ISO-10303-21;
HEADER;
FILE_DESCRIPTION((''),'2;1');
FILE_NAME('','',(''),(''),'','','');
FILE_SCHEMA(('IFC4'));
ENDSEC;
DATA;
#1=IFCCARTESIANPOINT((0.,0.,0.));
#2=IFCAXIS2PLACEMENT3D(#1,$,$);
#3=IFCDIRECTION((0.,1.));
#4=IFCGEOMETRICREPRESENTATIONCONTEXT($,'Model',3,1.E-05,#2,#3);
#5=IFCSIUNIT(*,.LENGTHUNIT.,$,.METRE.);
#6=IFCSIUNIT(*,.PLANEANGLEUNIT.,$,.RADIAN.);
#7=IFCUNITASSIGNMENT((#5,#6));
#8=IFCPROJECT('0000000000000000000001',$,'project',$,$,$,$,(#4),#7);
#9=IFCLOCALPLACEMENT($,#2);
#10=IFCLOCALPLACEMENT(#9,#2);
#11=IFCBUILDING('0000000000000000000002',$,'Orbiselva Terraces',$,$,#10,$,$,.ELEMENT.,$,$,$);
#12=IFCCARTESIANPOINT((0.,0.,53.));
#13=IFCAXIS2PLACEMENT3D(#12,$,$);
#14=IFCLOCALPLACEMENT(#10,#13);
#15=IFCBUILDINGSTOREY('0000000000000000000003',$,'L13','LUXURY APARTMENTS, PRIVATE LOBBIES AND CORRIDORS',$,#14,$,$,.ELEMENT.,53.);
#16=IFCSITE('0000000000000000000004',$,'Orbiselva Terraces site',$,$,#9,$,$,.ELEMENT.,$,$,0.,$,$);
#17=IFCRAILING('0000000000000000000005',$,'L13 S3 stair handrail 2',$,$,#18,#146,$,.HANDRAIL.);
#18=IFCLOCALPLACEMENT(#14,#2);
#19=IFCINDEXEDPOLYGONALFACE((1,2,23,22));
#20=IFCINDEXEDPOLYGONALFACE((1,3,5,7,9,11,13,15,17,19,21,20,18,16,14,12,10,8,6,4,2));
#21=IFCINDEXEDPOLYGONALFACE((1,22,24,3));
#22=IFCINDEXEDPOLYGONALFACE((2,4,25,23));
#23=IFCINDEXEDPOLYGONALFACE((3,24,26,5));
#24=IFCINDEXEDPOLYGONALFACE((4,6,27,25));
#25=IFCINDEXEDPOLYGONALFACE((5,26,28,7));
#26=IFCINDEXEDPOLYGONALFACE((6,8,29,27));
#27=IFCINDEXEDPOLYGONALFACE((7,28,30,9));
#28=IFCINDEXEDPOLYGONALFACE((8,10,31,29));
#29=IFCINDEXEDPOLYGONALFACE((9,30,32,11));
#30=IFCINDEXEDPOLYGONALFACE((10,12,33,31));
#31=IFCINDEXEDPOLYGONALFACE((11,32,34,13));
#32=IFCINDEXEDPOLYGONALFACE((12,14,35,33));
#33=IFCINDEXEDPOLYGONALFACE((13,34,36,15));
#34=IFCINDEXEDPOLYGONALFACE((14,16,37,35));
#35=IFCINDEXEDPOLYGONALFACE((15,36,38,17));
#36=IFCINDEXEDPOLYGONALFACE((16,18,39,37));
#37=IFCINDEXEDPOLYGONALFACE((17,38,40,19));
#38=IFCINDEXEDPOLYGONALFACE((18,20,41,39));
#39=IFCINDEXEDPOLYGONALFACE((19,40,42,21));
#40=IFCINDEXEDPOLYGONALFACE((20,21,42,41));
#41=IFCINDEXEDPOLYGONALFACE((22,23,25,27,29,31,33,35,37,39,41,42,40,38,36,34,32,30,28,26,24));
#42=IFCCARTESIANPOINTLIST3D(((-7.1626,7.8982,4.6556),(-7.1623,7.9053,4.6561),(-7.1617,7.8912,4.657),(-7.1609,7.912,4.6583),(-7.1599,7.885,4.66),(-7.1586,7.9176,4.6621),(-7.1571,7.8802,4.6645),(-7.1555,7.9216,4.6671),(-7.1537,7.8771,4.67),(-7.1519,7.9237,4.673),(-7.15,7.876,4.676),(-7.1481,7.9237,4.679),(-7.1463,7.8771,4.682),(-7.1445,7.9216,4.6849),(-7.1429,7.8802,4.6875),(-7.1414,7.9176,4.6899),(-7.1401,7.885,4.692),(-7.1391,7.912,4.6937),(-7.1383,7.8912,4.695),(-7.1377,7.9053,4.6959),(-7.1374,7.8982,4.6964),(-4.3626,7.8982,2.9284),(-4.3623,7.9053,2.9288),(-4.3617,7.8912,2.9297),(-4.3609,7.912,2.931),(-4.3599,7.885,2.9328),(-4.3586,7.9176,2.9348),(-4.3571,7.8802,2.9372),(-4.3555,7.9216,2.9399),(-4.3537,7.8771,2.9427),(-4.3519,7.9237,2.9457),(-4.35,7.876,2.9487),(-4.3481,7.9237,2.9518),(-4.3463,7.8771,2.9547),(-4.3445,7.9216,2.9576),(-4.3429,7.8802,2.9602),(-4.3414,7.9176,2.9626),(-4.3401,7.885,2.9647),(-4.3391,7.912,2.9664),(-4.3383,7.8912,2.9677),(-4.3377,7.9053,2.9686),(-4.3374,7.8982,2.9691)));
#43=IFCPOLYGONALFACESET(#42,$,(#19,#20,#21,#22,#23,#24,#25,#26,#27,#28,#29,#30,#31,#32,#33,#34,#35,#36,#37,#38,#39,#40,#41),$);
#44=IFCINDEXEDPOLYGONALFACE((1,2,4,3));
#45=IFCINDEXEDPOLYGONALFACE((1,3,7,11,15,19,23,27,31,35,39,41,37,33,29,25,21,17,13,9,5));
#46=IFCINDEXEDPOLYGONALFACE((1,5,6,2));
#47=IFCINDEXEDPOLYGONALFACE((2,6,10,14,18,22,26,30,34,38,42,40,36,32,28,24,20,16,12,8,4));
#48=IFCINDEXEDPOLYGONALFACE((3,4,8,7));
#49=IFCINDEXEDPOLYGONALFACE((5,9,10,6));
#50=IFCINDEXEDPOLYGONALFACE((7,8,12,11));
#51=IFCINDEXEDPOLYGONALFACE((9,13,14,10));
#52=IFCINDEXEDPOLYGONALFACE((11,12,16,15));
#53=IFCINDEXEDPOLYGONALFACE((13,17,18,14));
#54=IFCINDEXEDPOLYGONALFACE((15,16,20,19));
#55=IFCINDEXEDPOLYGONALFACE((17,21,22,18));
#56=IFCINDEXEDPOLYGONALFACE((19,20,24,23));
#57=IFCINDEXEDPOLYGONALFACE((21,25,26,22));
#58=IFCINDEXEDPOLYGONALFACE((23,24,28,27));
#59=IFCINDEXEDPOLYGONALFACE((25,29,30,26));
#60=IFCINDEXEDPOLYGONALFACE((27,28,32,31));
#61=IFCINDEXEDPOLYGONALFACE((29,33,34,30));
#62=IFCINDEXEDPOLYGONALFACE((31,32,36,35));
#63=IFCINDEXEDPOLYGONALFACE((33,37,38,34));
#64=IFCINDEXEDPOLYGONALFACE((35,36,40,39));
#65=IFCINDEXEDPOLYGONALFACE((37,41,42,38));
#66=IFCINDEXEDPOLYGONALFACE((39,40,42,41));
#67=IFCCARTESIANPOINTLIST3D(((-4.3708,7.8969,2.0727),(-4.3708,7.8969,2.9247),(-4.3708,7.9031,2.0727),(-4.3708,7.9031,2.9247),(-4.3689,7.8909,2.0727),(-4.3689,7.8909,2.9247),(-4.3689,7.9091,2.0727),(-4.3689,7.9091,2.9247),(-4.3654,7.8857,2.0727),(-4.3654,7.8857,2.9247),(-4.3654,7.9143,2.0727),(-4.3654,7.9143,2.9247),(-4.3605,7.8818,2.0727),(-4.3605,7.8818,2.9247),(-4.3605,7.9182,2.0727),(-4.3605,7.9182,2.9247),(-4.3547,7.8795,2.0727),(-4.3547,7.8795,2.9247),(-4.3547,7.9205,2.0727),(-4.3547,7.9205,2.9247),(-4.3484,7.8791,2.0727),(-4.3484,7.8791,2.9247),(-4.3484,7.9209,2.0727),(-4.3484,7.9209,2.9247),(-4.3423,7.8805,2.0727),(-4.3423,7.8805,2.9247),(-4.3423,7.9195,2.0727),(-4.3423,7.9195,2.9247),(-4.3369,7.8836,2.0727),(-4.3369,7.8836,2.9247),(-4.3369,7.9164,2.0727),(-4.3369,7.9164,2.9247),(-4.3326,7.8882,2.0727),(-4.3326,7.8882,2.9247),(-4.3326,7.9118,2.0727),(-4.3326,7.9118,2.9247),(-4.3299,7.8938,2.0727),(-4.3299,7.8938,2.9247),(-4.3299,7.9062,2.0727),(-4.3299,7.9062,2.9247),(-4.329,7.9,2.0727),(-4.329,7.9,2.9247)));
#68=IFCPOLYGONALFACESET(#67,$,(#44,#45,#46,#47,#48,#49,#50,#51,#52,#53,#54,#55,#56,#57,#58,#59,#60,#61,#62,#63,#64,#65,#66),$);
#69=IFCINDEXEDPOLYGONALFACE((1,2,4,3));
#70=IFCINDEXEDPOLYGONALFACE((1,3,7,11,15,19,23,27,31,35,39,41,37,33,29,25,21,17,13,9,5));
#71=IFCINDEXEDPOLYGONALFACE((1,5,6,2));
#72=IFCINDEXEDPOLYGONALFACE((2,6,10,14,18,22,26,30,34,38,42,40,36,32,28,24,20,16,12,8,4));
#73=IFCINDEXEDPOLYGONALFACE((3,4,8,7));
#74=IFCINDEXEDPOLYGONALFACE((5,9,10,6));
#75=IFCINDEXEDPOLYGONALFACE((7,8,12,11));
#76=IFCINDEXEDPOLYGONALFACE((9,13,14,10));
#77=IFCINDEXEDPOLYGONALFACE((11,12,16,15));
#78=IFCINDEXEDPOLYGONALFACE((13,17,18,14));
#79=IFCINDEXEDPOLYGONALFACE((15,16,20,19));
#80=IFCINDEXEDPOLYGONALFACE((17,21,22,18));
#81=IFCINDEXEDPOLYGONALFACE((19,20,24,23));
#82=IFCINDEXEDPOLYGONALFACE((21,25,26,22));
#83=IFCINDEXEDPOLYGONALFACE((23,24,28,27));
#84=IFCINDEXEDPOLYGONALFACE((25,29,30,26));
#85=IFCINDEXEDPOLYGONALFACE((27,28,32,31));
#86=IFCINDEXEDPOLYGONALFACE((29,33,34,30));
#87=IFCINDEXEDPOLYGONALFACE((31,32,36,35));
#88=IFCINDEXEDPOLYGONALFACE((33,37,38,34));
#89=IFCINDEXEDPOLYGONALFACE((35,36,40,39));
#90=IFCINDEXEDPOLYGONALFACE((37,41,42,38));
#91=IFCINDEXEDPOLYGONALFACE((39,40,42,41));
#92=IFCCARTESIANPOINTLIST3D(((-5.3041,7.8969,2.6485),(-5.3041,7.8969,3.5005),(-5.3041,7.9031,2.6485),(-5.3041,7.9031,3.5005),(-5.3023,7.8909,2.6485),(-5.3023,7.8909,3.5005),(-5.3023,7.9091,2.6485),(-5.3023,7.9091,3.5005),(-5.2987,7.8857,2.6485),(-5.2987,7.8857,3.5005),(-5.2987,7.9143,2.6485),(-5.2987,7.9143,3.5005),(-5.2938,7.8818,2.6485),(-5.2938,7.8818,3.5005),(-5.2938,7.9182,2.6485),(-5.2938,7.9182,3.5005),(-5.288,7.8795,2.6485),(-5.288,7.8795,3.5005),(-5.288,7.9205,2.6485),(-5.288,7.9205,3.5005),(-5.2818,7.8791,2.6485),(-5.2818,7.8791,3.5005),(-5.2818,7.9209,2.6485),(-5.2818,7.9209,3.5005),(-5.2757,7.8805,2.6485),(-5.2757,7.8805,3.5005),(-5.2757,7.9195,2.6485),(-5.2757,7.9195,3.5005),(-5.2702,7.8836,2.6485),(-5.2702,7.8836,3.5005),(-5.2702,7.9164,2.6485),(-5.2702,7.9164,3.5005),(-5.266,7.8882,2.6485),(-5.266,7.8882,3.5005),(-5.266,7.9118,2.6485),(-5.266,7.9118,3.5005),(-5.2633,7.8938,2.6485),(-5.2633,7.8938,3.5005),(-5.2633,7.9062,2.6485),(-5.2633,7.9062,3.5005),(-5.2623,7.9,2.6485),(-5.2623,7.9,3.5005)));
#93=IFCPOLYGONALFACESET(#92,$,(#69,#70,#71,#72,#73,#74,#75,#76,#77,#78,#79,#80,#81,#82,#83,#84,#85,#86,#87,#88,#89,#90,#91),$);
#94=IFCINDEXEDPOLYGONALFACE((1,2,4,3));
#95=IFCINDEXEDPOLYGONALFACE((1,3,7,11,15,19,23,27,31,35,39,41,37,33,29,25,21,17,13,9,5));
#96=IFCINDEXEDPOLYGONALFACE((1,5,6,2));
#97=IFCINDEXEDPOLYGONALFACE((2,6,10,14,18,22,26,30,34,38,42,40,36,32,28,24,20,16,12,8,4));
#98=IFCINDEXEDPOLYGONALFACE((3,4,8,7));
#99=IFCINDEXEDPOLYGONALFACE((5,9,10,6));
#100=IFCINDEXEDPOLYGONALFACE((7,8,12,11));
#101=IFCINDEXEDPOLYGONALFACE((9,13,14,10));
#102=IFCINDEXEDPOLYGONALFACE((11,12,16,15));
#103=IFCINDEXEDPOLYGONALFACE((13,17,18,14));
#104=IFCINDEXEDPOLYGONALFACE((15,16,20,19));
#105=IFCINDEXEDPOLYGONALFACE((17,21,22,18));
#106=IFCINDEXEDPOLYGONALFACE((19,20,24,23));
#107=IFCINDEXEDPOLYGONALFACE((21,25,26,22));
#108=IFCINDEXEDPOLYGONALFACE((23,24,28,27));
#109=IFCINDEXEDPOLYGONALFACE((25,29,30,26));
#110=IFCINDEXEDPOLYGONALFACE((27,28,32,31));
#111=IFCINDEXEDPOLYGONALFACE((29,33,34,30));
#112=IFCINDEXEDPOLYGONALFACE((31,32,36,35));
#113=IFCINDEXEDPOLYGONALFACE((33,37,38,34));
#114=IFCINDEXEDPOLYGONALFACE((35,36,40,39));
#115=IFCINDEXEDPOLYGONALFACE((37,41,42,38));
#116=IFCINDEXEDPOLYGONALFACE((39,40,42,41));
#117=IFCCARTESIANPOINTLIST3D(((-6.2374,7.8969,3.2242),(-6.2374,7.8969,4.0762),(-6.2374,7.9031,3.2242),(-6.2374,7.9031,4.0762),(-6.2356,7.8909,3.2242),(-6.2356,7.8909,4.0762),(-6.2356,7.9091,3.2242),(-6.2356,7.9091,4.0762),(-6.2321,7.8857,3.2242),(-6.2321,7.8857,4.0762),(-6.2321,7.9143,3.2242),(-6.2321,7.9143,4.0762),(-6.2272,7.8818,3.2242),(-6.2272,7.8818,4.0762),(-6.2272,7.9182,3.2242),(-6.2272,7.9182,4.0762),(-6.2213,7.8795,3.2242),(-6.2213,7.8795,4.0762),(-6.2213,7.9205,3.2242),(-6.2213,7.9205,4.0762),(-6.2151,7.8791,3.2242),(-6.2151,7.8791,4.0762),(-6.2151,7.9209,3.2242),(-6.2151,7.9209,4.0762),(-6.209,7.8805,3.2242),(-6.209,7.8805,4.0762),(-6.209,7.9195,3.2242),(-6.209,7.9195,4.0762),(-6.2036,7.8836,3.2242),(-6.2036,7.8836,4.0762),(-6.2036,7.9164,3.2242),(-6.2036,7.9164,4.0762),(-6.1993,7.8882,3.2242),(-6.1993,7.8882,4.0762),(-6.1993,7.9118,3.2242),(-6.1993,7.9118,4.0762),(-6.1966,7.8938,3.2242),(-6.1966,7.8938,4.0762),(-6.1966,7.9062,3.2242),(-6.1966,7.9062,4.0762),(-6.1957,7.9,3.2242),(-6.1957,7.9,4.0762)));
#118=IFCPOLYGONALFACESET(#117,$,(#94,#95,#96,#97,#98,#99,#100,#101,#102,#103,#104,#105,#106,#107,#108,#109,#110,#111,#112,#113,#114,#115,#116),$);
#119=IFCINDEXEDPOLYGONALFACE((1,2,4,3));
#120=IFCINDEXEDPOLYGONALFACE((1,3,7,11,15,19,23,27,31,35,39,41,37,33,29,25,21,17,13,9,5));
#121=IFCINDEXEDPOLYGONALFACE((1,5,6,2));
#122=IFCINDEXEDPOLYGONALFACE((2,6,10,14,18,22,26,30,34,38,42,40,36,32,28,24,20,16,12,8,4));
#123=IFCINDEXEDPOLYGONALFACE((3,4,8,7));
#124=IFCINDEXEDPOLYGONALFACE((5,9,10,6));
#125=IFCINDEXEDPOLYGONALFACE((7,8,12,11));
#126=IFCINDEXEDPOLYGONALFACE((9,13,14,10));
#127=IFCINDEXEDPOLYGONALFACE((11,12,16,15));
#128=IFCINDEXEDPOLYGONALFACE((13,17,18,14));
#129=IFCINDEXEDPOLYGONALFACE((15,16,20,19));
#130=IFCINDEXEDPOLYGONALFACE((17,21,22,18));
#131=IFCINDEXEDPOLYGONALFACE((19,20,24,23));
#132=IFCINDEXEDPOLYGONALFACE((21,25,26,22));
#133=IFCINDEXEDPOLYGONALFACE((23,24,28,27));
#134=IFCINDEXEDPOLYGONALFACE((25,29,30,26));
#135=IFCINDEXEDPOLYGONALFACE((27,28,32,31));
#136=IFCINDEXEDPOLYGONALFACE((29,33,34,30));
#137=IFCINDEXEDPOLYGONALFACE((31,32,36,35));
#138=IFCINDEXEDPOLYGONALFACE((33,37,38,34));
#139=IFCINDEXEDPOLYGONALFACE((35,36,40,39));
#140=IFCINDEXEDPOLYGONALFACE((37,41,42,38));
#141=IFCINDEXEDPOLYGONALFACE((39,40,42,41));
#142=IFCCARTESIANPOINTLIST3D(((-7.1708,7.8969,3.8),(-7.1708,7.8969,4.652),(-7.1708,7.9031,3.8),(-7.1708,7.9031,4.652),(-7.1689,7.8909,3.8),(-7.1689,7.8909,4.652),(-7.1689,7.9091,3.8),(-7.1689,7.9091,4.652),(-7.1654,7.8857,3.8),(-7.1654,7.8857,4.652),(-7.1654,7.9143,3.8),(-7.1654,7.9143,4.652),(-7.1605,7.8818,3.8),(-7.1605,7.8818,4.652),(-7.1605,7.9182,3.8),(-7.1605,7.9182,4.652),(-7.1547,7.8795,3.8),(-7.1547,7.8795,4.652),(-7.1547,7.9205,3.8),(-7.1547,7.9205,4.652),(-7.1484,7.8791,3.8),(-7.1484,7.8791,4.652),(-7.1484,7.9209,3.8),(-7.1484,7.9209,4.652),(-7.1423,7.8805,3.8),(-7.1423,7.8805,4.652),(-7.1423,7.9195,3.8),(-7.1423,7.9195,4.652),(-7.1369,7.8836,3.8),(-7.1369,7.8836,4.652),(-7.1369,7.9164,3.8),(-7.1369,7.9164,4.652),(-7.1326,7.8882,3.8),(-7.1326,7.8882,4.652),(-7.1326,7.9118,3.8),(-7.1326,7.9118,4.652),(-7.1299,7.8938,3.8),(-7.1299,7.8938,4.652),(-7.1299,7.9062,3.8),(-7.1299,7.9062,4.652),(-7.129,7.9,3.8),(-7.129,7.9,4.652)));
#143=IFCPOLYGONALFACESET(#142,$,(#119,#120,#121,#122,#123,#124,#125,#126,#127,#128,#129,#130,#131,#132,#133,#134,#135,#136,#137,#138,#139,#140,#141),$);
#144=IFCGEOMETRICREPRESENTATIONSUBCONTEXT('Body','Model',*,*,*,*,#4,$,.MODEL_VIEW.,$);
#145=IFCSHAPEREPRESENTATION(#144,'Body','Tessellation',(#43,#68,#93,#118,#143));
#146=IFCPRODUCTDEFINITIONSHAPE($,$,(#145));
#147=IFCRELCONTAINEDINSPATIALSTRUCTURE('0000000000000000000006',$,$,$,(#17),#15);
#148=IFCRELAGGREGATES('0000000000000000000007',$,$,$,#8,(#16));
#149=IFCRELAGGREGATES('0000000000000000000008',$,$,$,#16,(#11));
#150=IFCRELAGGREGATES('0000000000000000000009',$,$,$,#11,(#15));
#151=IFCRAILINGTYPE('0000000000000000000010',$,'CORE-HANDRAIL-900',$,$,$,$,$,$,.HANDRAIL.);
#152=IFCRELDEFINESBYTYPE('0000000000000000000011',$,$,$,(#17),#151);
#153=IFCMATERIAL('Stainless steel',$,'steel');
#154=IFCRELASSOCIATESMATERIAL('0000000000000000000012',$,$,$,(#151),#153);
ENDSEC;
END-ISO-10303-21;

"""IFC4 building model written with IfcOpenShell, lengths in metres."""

from ifc_helpers import new_model, si_unit, direction, frame, origin, origin_2d, place, context, subcontext, project, spatial, circle, extrude, material, type_object, element, save


model = new_model("IFC4")

# Units and contexts
model_context = context("Model", 3, precision=1e-05, world=origin(), true_north=direction((0.0, 1.0)))
body_context = subcontext(model_context, "Body", "Model", "MODEL_VIEW")
ifc_project = project(units=[si_unit("LENGTHUNIT", "METRE"), si_unit("PLANEANGLEUNIT", "RADIAN")], contexts=[model_context])

# Site, building, storey
site_placement = place(None, origin())
site = spatial("IfcSite", under=ifc_project, at=site_placement, Name="Orbiselva Terraces site", CompositionType="ELEMENT", RefElevation=0.0)
building_placement = place(site_placement, origin())
building = spatial("IfcBuilding", under=site, at=building_placement, Name="Orbiselva Terraces", CompositionType="ELEMENT")
storey_placement = place(building_placement, frame((0.0, 0.0, 53.0)))
storey = spatial("IfcBuildingStorey", under=building, at=storey_placement, Name="L13", Description="LUXURY APARTMENTS, PRIVATE LOBBIES AND CORRIDORS", CompositionType="ELEMENT", Elevation=53.0)

# Railing
ifc_material_1 = material(Name="Stainless steel", Category="steel")
railing_type_1 = type_object("IfcRailingType", Name="CORE-HANDRAIL-900", PredefinedType="HANDRAIL", material=ifc_material_1)
railing_1_placement = place(storey_placement, frame((-4.35, 7.9, 2.0727)))
element("IfcRailing", 1, at=railing_1_placement, inside=storey, type_object=railing_type_1, Name="L13 S3 stair handrail 2", PredefinedType="HANDRAIL", context=body_context, shape_type="SweptSolid", body=[
    extrude(circle(Radius=0.024, at=origin_2d()), frame((0.0, 0.0, 0.876), z_axis=(-0.851089, 0.0, 0.525022), x_axis=(0.0, -1.0, 0.0)), (0.0, 0.0, 1.0), 3.2899),
    extrude(circle(Radius=0.021, at=origin_2d()), origin(), (0.0, 0.0, 1.0), 0.852),
    extrude(circle(Radius=0.021, at=origin_2d()), frame((-0.9333, 0.0, 0.5758)), (0.0, 0.0, 1.0), 0.852),
    extrude(circle(Radius=0.021, at=origin_2d()), frame((-1.8667, 0.0, 1.1515)), (0.0, 0.0, 1.0), 0.852),
    extrude(circle(Radius=0.021, at=origin_2d()), frame((-2.8, 0.0, 1.7273)), (0.0, 0.0, 1.0), 0.852),
])

save(model, "model.ifc")
